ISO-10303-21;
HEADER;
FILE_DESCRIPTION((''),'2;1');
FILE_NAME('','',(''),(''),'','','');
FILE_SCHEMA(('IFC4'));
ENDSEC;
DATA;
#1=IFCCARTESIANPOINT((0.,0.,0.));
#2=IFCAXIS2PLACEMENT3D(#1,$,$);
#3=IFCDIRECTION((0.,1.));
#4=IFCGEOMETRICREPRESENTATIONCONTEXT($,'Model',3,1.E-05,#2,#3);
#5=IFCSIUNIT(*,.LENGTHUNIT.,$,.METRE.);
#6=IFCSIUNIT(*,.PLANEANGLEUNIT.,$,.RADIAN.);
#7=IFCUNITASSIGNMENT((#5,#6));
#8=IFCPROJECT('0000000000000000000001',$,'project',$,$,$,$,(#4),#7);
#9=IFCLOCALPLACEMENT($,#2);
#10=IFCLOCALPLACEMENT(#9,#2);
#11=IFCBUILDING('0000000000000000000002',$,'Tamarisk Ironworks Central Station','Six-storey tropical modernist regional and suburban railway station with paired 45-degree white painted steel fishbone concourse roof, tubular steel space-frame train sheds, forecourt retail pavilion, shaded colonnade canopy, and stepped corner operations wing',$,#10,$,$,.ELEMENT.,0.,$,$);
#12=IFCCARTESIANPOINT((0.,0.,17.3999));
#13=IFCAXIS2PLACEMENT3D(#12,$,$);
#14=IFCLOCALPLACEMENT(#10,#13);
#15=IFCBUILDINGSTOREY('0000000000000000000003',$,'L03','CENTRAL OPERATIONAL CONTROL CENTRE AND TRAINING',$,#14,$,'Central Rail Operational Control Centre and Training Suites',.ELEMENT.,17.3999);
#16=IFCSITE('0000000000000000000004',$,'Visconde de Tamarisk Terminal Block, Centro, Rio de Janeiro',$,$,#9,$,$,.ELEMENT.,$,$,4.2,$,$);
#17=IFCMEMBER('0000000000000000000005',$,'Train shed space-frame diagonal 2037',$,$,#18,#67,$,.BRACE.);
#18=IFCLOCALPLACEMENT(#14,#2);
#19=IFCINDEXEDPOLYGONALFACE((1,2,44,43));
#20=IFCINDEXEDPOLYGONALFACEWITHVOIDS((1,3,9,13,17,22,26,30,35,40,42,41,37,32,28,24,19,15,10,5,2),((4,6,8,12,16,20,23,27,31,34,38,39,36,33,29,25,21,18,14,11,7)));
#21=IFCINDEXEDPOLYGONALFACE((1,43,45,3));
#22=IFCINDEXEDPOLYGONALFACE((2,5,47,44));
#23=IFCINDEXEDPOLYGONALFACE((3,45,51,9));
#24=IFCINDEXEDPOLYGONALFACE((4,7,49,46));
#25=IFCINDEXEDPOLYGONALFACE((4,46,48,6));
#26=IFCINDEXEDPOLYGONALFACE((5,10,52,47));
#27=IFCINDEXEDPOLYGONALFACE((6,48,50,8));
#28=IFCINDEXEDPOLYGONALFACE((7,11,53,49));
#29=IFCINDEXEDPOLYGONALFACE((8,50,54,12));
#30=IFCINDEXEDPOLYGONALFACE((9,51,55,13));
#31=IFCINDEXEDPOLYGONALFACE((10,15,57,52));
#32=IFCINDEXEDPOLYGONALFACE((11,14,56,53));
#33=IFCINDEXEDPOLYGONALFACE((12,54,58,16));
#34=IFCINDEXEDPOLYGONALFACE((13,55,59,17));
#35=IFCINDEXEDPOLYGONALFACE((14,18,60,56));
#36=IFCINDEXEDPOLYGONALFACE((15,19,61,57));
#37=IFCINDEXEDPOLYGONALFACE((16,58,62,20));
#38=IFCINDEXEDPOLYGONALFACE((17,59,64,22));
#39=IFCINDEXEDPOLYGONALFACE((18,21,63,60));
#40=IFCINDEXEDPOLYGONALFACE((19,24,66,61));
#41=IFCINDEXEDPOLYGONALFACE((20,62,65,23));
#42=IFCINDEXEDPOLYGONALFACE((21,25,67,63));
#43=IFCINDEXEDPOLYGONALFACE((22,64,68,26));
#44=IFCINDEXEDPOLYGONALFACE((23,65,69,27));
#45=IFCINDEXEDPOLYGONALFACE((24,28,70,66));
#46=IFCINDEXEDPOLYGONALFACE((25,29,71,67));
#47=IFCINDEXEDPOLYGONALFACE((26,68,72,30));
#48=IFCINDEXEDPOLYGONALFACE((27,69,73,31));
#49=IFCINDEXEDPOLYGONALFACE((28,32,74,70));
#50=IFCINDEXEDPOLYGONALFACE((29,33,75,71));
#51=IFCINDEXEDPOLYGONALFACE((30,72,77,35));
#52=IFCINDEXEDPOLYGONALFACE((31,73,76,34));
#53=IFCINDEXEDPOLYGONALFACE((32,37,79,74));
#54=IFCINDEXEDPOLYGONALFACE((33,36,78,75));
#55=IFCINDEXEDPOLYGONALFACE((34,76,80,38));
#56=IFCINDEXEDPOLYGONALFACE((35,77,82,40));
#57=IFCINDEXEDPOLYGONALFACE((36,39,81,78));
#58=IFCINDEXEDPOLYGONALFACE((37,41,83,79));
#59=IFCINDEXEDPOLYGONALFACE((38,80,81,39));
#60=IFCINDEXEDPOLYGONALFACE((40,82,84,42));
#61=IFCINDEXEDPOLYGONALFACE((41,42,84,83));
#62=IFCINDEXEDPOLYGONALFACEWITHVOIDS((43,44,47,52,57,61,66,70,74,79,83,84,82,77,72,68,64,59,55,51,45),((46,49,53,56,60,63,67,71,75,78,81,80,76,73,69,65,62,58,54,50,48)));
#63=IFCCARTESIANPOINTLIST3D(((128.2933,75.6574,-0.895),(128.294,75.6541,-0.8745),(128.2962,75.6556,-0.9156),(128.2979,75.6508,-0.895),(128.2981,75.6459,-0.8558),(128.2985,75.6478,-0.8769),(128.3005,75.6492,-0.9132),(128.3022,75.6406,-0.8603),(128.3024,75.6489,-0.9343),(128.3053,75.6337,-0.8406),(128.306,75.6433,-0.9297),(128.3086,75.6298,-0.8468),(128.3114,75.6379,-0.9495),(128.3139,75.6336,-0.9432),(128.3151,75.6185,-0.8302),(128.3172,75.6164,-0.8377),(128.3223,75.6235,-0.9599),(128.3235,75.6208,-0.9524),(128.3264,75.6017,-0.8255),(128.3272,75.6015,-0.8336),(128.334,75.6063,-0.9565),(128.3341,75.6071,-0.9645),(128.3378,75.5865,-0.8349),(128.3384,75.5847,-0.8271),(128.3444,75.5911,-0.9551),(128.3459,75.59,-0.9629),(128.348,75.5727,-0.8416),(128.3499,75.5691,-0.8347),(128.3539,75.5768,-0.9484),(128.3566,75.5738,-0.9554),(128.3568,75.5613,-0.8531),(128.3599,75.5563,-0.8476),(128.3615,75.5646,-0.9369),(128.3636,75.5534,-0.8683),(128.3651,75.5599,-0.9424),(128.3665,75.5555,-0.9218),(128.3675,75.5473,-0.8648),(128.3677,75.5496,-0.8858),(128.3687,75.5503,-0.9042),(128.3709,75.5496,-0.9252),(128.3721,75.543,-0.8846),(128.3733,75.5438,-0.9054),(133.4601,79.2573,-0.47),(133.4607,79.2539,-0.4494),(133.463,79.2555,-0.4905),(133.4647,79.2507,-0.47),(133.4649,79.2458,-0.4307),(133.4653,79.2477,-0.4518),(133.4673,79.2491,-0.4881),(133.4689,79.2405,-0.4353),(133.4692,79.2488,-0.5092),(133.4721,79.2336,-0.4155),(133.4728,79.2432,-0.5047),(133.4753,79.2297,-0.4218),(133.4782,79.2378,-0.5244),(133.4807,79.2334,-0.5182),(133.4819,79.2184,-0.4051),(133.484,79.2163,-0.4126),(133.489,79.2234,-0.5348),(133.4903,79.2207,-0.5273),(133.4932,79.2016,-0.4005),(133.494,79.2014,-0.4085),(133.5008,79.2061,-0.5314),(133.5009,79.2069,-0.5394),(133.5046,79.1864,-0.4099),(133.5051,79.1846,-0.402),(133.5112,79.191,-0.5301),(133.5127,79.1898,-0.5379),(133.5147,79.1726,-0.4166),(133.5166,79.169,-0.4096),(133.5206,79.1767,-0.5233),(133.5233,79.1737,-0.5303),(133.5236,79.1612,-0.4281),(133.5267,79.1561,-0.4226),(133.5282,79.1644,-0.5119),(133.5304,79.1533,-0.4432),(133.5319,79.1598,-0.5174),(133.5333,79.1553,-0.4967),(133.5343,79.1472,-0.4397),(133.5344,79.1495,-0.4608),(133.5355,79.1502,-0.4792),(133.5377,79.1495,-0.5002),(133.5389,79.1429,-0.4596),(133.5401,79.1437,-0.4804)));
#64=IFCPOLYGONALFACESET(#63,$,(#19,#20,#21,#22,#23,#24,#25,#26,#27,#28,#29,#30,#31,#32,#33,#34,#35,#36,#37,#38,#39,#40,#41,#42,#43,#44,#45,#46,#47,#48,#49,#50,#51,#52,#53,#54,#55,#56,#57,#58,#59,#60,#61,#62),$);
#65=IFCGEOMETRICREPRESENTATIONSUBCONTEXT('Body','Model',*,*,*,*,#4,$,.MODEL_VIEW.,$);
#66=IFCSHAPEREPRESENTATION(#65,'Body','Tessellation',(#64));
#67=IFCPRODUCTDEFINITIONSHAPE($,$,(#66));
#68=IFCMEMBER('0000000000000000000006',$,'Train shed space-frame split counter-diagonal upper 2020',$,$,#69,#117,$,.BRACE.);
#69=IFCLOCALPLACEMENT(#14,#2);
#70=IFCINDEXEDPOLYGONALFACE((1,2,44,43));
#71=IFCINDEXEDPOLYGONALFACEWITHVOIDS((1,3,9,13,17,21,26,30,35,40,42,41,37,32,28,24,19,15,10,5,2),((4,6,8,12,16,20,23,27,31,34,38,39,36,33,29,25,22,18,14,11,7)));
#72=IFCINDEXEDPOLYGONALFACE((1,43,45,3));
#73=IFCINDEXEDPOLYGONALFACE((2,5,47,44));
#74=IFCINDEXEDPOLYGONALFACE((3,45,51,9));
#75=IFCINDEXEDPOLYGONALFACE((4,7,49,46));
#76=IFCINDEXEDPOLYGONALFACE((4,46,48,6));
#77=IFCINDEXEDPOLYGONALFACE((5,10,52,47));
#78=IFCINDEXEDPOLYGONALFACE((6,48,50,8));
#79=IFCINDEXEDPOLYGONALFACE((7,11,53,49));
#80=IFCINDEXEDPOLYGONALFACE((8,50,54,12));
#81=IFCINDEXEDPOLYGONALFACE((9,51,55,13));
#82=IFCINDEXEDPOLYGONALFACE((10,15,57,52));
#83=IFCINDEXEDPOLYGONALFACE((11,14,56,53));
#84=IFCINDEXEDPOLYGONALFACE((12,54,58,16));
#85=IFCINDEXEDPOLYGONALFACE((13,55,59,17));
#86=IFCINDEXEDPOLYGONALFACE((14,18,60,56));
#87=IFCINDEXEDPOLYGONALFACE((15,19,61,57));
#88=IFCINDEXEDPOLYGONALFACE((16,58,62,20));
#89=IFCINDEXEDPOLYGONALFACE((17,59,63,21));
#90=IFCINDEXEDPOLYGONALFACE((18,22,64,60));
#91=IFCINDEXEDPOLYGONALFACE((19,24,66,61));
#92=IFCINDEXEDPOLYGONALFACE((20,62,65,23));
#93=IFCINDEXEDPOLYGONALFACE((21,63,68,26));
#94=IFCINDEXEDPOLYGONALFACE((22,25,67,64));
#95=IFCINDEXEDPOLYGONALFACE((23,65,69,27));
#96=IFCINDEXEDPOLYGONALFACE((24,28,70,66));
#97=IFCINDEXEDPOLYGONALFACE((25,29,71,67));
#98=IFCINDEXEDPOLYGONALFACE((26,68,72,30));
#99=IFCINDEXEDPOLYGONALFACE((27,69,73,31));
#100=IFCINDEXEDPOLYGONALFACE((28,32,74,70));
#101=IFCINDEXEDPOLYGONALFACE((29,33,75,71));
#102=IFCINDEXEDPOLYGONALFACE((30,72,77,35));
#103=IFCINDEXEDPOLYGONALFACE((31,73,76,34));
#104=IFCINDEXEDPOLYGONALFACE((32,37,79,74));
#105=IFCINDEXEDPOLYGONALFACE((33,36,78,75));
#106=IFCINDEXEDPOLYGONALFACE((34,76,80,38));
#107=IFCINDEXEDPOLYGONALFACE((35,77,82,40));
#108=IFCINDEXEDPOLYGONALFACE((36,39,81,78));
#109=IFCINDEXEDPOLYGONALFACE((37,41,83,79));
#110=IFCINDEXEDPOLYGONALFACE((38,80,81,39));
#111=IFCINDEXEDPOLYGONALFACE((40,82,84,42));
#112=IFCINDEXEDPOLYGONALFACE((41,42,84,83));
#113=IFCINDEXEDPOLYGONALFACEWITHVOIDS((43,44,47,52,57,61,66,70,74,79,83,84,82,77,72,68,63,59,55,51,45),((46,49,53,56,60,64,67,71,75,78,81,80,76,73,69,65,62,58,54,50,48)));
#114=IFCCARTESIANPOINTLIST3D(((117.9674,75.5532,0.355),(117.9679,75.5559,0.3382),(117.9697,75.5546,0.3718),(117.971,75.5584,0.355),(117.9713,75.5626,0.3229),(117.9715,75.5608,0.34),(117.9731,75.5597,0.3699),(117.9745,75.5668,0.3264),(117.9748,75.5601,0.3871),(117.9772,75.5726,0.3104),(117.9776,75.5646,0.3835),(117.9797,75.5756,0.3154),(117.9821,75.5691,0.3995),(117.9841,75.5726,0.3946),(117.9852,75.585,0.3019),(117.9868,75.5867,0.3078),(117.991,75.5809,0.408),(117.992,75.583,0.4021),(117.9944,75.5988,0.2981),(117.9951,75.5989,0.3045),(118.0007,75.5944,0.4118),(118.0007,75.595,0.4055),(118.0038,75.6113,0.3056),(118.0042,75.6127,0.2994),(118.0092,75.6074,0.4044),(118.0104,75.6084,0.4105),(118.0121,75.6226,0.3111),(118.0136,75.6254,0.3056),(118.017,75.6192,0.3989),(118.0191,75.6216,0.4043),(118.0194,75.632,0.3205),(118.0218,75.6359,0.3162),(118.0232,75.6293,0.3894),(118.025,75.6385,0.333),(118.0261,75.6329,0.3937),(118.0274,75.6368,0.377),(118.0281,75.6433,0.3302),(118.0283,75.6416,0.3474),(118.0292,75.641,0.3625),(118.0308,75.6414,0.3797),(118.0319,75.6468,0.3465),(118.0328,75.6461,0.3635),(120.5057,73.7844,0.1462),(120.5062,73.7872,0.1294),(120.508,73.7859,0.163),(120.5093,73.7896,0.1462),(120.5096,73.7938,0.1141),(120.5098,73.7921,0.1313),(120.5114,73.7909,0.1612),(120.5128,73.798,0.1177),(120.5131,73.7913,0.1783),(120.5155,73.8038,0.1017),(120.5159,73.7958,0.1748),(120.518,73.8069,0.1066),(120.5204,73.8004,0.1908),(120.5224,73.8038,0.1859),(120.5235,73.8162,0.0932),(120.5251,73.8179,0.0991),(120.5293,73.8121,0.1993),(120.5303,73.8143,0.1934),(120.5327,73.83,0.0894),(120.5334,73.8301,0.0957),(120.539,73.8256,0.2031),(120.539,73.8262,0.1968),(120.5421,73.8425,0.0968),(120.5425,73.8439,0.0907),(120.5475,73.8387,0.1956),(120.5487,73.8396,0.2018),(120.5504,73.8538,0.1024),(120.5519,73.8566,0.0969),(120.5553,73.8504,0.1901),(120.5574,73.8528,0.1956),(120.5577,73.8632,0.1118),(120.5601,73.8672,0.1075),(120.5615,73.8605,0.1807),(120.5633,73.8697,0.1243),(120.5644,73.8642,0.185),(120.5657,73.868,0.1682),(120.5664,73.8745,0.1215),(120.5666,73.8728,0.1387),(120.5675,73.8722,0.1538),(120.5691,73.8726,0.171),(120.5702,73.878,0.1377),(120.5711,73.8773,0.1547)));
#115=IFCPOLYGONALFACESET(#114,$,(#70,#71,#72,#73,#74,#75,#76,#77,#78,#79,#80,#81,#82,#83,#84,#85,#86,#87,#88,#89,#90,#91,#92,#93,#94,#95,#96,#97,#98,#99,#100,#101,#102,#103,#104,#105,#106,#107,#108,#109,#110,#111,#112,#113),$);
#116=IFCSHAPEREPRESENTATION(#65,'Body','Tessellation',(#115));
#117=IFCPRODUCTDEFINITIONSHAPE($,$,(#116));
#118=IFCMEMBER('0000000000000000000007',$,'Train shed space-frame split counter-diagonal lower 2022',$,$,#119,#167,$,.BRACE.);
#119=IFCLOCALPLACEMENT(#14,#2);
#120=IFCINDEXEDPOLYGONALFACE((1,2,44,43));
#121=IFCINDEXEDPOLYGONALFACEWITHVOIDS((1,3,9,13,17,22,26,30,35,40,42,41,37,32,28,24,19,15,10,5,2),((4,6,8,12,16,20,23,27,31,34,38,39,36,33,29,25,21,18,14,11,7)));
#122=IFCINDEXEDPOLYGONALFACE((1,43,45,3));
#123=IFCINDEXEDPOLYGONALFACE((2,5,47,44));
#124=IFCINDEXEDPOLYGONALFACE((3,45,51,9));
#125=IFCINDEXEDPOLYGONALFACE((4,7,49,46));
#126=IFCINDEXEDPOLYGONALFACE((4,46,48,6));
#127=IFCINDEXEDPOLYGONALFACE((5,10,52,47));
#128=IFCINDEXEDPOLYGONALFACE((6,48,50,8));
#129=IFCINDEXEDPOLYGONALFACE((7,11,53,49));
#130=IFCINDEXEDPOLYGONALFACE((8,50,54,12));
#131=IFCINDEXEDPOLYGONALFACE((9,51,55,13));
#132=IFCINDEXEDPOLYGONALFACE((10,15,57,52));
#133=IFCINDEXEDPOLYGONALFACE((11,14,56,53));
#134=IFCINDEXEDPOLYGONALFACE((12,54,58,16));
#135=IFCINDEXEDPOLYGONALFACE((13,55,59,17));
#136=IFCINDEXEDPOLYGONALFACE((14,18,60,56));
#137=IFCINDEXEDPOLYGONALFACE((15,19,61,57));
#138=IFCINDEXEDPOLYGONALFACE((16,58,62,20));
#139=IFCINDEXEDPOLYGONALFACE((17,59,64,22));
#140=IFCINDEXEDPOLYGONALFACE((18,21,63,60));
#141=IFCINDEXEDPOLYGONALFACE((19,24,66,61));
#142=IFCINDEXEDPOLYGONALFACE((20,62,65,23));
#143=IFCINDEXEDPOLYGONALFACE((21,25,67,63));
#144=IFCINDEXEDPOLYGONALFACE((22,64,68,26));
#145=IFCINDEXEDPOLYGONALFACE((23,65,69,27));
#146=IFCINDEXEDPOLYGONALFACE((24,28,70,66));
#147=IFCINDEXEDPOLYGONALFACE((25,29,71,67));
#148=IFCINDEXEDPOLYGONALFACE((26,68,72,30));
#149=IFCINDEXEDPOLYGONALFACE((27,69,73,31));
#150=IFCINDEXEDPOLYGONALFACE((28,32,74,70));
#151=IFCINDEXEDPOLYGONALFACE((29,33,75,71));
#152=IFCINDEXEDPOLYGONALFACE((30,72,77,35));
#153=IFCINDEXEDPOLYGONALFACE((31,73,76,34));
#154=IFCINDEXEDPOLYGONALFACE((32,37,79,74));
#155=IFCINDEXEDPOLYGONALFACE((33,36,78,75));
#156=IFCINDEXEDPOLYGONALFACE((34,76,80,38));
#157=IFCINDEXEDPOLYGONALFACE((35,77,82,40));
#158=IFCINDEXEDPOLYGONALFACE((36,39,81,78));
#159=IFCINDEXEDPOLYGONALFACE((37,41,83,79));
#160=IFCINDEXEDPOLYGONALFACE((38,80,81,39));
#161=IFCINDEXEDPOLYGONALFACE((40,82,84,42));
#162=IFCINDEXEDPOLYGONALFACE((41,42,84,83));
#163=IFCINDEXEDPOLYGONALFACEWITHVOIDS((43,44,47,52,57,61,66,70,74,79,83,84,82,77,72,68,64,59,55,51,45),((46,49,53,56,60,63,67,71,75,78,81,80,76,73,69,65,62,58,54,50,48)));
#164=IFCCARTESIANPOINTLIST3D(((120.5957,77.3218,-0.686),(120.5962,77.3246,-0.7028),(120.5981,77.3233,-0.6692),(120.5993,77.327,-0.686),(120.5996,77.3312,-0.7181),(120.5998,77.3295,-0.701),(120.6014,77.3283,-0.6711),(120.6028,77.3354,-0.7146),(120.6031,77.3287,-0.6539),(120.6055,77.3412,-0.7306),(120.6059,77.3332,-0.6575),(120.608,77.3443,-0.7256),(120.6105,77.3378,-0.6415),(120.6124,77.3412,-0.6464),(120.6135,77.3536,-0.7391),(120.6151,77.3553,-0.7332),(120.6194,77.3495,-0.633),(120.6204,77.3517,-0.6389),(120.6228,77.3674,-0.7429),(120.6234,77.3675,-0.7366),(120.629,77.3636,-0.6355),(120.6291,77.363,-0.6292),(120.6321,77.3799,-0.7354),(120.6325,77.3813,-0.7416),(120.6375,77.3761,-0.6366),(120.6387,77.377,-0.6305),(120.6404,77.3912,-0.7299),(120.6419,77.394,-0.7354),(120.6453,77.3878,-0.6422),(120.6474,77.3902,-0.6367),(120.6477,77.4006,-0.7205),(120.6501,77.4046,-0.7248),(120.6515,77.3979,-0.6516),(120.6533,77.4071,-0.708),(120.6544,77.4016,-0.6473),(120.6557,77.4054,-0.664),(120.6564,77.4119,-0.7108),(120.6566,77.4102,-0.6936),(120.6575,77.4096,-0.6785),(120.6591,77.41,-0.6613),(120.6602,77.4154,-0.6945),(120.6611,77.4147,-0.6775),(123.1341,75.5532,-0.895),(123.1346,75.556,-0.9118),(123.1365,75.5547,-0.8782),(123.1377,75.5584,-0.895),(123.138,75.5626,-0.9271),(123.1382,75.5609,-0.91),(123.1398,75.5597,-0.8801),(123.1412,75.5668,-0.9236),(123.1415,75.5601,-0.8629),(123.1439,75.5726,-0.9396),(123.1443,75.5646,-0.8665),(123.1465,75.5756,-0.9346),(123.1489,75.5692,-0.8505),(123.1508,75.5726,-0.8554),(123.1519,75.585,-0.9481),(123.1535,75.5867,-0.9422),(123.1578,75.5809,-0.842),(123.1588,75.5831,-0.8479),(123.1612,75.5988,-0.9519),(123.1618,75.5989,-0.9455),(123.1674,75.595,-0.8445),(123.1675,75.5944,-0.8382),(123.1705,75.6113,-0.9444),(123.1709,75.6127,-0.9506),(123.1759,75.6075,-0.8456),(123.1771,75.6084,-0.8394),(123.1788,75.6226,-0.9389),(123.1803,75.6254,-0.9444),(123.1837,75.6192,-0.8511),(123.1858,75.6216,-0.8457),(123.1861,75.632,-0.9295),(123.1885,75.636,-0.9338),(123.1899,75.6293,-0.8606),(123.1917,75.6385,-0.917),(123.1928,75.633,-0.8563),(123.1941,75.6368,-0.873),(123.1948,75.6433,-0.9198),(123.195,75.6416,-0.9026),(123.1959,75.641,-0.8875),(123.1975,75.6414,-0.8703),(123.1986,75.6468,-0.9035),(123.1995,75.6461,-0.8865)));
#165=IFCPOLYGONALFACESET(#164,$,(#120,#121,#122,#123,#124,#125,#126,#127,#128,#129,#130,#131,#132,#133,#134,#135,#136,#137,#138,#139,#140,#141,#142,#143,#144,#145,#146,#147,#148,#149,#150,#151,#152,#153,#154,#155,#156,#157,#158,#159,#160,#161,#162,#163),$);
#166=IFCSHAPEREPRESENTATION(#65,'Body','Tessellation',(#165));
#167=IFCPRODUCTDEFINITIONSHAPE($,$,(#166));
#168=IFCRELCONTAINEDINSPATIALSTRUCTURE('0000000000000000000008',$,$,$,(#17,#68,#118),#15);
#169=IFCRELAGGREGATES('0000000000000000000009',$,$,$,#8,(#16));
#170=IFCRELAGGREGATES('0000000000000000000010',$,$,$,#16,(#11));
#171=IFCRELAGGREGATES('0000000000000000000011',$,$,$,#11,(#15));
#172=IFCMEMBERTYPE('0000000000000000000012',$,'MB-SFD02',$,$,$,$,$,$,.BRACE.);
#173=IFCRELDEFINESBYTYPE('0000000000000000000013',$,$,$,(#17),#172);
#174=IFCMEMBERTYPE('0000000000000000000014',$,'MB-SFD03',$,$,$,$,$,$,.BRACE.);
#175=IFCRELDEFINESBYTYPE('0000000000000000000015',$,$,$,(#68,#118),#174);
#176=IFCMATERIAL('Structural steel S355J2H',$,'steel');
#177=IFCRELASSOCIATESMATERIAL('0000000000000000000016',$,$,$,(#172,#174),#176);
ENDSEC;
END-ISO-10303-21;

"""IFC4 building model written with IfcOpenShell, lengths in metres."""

from ifc_helpers import new_model, si_unit, direction, frame, origin, origin_2d, place, context, subcontext, project, spatial, hollow_circle, extrude, material, material_profile, profile_set, type_object, element, save


model = new_model("IFC4")

# Units and contexts
model_context = context("Model", 3, precision=1e-05, world=origin(), true_north=direction((0.0, 1.0)))
body_context = subcontext(model_context, "Body", "Model", "MODEL_VIEW")
ifc_project = project(units=[si_unit("LENGTHUNIT", "METRE"), si_unit("PLANEANGLEUNIT", "RADIAN")], contexts=[model_context])

# Site, building, storey
site_placement = place(None, origin())
site = spatial("IfcSite", under=ifc_project, at=site_placement, Name="Visconde de Tamarisk Terminal Block, Centro, Rio de Janeiro", CompositionType="ELEMENT", RefElevation=4.2)
building_placement = place(site_placement, origin())
building = spatial("IfcBuilding", under=site, at=building_placement, Name="Tamarisk Ironworks Central Station", Description="Six-storey tropical modernist regional and suburban railway station with paired 45-degree white painted steel fishbone concourse roof, tubular steel space-frame train sheds, forecourt retail pavilion, shaded colonnade canopy, and stepped corner operations wing", CompositionType="ELEMENT", ElevationOfRefHeight=0.0)
storey_placement = place(building_placement, frame((0.0, 0.0, 17.3999)))
storey = spatial("IfcBuildingStorey", under=building, at=storey_placement, Name="L03", Description="CENTRAL OPERATIONAL CONTROL CENTRE AND TRAINING", LongName="Central Rail Operational Control Centre and Training Suites", CompositionType="ELEMENT", Elevation=17.3999)

# Members
ifc_material_1 = material(Name="Structural steel S355J2H", Category="steel")
ifc_material_profile_1 = material_profile(ifc_material_1, hollow_circle(Radius=0.0698, WallThickness=0.0081, at=origin_2d()), Name="CHS 139.7x8")
ifc_profile_set_1 = profile_set([ifc_material_profile_1], Name="Structural steel S355J2H")
member_type_1 = type_object("IfcMemberType", Name="MB-SFD02", PredefinedType="BRACE", material=ifc_profile_set_1)
for number, where, z_axis, x_axis, name in (
    (1, (128.3333, 75.6001, -0.895), (0.818626, 0.570365, 0.067345), (-0.571663, 0.820489, 0.0), "Train shed space-frame diagonal 2037"),
):
    element("IfcMember", number, at=place(storey_placement, frame(where, z_axis=z_axis, x_axis=x_axis)), inside=storey, type_object=member_type_1, Name=name, PredefinedType="BRACE", context=body_context, shape_type="SweptSolid", body=[
        extrude(hollow_circle(Radius=0.0698, WallThickness=0.0081, at=origin_2d()), origin(), (0.0, 0.0, 1.0), 6.3115),
    ])
ifc_material_profile_2 = material_profile(ifc_material_1, hollow_circle(Radius=0.0571, WallThickness=0.0063, at=origin_2d()), Name="CHS 114.3x6.3")
ifc_profile_set_2 = profile_set([ifc_material_profile_2], Name="Structural steel S355J2H")
member_type_2 = type_object("IfcMemberType", Name="MB-SFD03", PredefinedType="BRACE", material=ifc_profile_set_2)
for number, where, z_axis, x_axis, name in (
    (2, (120.5383, 73.8313, 0.1462), (-0.818589, 0.570422, 0.067317), (-0.571719, -0.82045, 0.0), "Train shed space-frame split counter-diagonal upper 2020"),
    (3, (123.1667, 75.6001, -0.895), (-0.818621, 0.570366, 0.067398), (-0.571666, -0.820487, 0.0), "Train shed space-frame split counter-diagonal lower 2022"),
):
    element("IfcMember", number, at=place(storey_placement, frame(where, z_axis=z_axis, x_axis=x_axis)), inside=storey, type_object=member_type_2, Name=name, PredefinedType="BRACE", context=body_context, shape_type="SweptSolid", body=[
        extrude(hollow_circle(Radius=0.0571, WallThickness=0.0063, at=origin_2d()), origin(), (0.0, 0.0, 1.0), 3.1008),
    ])

save(model, "model.ifc")
